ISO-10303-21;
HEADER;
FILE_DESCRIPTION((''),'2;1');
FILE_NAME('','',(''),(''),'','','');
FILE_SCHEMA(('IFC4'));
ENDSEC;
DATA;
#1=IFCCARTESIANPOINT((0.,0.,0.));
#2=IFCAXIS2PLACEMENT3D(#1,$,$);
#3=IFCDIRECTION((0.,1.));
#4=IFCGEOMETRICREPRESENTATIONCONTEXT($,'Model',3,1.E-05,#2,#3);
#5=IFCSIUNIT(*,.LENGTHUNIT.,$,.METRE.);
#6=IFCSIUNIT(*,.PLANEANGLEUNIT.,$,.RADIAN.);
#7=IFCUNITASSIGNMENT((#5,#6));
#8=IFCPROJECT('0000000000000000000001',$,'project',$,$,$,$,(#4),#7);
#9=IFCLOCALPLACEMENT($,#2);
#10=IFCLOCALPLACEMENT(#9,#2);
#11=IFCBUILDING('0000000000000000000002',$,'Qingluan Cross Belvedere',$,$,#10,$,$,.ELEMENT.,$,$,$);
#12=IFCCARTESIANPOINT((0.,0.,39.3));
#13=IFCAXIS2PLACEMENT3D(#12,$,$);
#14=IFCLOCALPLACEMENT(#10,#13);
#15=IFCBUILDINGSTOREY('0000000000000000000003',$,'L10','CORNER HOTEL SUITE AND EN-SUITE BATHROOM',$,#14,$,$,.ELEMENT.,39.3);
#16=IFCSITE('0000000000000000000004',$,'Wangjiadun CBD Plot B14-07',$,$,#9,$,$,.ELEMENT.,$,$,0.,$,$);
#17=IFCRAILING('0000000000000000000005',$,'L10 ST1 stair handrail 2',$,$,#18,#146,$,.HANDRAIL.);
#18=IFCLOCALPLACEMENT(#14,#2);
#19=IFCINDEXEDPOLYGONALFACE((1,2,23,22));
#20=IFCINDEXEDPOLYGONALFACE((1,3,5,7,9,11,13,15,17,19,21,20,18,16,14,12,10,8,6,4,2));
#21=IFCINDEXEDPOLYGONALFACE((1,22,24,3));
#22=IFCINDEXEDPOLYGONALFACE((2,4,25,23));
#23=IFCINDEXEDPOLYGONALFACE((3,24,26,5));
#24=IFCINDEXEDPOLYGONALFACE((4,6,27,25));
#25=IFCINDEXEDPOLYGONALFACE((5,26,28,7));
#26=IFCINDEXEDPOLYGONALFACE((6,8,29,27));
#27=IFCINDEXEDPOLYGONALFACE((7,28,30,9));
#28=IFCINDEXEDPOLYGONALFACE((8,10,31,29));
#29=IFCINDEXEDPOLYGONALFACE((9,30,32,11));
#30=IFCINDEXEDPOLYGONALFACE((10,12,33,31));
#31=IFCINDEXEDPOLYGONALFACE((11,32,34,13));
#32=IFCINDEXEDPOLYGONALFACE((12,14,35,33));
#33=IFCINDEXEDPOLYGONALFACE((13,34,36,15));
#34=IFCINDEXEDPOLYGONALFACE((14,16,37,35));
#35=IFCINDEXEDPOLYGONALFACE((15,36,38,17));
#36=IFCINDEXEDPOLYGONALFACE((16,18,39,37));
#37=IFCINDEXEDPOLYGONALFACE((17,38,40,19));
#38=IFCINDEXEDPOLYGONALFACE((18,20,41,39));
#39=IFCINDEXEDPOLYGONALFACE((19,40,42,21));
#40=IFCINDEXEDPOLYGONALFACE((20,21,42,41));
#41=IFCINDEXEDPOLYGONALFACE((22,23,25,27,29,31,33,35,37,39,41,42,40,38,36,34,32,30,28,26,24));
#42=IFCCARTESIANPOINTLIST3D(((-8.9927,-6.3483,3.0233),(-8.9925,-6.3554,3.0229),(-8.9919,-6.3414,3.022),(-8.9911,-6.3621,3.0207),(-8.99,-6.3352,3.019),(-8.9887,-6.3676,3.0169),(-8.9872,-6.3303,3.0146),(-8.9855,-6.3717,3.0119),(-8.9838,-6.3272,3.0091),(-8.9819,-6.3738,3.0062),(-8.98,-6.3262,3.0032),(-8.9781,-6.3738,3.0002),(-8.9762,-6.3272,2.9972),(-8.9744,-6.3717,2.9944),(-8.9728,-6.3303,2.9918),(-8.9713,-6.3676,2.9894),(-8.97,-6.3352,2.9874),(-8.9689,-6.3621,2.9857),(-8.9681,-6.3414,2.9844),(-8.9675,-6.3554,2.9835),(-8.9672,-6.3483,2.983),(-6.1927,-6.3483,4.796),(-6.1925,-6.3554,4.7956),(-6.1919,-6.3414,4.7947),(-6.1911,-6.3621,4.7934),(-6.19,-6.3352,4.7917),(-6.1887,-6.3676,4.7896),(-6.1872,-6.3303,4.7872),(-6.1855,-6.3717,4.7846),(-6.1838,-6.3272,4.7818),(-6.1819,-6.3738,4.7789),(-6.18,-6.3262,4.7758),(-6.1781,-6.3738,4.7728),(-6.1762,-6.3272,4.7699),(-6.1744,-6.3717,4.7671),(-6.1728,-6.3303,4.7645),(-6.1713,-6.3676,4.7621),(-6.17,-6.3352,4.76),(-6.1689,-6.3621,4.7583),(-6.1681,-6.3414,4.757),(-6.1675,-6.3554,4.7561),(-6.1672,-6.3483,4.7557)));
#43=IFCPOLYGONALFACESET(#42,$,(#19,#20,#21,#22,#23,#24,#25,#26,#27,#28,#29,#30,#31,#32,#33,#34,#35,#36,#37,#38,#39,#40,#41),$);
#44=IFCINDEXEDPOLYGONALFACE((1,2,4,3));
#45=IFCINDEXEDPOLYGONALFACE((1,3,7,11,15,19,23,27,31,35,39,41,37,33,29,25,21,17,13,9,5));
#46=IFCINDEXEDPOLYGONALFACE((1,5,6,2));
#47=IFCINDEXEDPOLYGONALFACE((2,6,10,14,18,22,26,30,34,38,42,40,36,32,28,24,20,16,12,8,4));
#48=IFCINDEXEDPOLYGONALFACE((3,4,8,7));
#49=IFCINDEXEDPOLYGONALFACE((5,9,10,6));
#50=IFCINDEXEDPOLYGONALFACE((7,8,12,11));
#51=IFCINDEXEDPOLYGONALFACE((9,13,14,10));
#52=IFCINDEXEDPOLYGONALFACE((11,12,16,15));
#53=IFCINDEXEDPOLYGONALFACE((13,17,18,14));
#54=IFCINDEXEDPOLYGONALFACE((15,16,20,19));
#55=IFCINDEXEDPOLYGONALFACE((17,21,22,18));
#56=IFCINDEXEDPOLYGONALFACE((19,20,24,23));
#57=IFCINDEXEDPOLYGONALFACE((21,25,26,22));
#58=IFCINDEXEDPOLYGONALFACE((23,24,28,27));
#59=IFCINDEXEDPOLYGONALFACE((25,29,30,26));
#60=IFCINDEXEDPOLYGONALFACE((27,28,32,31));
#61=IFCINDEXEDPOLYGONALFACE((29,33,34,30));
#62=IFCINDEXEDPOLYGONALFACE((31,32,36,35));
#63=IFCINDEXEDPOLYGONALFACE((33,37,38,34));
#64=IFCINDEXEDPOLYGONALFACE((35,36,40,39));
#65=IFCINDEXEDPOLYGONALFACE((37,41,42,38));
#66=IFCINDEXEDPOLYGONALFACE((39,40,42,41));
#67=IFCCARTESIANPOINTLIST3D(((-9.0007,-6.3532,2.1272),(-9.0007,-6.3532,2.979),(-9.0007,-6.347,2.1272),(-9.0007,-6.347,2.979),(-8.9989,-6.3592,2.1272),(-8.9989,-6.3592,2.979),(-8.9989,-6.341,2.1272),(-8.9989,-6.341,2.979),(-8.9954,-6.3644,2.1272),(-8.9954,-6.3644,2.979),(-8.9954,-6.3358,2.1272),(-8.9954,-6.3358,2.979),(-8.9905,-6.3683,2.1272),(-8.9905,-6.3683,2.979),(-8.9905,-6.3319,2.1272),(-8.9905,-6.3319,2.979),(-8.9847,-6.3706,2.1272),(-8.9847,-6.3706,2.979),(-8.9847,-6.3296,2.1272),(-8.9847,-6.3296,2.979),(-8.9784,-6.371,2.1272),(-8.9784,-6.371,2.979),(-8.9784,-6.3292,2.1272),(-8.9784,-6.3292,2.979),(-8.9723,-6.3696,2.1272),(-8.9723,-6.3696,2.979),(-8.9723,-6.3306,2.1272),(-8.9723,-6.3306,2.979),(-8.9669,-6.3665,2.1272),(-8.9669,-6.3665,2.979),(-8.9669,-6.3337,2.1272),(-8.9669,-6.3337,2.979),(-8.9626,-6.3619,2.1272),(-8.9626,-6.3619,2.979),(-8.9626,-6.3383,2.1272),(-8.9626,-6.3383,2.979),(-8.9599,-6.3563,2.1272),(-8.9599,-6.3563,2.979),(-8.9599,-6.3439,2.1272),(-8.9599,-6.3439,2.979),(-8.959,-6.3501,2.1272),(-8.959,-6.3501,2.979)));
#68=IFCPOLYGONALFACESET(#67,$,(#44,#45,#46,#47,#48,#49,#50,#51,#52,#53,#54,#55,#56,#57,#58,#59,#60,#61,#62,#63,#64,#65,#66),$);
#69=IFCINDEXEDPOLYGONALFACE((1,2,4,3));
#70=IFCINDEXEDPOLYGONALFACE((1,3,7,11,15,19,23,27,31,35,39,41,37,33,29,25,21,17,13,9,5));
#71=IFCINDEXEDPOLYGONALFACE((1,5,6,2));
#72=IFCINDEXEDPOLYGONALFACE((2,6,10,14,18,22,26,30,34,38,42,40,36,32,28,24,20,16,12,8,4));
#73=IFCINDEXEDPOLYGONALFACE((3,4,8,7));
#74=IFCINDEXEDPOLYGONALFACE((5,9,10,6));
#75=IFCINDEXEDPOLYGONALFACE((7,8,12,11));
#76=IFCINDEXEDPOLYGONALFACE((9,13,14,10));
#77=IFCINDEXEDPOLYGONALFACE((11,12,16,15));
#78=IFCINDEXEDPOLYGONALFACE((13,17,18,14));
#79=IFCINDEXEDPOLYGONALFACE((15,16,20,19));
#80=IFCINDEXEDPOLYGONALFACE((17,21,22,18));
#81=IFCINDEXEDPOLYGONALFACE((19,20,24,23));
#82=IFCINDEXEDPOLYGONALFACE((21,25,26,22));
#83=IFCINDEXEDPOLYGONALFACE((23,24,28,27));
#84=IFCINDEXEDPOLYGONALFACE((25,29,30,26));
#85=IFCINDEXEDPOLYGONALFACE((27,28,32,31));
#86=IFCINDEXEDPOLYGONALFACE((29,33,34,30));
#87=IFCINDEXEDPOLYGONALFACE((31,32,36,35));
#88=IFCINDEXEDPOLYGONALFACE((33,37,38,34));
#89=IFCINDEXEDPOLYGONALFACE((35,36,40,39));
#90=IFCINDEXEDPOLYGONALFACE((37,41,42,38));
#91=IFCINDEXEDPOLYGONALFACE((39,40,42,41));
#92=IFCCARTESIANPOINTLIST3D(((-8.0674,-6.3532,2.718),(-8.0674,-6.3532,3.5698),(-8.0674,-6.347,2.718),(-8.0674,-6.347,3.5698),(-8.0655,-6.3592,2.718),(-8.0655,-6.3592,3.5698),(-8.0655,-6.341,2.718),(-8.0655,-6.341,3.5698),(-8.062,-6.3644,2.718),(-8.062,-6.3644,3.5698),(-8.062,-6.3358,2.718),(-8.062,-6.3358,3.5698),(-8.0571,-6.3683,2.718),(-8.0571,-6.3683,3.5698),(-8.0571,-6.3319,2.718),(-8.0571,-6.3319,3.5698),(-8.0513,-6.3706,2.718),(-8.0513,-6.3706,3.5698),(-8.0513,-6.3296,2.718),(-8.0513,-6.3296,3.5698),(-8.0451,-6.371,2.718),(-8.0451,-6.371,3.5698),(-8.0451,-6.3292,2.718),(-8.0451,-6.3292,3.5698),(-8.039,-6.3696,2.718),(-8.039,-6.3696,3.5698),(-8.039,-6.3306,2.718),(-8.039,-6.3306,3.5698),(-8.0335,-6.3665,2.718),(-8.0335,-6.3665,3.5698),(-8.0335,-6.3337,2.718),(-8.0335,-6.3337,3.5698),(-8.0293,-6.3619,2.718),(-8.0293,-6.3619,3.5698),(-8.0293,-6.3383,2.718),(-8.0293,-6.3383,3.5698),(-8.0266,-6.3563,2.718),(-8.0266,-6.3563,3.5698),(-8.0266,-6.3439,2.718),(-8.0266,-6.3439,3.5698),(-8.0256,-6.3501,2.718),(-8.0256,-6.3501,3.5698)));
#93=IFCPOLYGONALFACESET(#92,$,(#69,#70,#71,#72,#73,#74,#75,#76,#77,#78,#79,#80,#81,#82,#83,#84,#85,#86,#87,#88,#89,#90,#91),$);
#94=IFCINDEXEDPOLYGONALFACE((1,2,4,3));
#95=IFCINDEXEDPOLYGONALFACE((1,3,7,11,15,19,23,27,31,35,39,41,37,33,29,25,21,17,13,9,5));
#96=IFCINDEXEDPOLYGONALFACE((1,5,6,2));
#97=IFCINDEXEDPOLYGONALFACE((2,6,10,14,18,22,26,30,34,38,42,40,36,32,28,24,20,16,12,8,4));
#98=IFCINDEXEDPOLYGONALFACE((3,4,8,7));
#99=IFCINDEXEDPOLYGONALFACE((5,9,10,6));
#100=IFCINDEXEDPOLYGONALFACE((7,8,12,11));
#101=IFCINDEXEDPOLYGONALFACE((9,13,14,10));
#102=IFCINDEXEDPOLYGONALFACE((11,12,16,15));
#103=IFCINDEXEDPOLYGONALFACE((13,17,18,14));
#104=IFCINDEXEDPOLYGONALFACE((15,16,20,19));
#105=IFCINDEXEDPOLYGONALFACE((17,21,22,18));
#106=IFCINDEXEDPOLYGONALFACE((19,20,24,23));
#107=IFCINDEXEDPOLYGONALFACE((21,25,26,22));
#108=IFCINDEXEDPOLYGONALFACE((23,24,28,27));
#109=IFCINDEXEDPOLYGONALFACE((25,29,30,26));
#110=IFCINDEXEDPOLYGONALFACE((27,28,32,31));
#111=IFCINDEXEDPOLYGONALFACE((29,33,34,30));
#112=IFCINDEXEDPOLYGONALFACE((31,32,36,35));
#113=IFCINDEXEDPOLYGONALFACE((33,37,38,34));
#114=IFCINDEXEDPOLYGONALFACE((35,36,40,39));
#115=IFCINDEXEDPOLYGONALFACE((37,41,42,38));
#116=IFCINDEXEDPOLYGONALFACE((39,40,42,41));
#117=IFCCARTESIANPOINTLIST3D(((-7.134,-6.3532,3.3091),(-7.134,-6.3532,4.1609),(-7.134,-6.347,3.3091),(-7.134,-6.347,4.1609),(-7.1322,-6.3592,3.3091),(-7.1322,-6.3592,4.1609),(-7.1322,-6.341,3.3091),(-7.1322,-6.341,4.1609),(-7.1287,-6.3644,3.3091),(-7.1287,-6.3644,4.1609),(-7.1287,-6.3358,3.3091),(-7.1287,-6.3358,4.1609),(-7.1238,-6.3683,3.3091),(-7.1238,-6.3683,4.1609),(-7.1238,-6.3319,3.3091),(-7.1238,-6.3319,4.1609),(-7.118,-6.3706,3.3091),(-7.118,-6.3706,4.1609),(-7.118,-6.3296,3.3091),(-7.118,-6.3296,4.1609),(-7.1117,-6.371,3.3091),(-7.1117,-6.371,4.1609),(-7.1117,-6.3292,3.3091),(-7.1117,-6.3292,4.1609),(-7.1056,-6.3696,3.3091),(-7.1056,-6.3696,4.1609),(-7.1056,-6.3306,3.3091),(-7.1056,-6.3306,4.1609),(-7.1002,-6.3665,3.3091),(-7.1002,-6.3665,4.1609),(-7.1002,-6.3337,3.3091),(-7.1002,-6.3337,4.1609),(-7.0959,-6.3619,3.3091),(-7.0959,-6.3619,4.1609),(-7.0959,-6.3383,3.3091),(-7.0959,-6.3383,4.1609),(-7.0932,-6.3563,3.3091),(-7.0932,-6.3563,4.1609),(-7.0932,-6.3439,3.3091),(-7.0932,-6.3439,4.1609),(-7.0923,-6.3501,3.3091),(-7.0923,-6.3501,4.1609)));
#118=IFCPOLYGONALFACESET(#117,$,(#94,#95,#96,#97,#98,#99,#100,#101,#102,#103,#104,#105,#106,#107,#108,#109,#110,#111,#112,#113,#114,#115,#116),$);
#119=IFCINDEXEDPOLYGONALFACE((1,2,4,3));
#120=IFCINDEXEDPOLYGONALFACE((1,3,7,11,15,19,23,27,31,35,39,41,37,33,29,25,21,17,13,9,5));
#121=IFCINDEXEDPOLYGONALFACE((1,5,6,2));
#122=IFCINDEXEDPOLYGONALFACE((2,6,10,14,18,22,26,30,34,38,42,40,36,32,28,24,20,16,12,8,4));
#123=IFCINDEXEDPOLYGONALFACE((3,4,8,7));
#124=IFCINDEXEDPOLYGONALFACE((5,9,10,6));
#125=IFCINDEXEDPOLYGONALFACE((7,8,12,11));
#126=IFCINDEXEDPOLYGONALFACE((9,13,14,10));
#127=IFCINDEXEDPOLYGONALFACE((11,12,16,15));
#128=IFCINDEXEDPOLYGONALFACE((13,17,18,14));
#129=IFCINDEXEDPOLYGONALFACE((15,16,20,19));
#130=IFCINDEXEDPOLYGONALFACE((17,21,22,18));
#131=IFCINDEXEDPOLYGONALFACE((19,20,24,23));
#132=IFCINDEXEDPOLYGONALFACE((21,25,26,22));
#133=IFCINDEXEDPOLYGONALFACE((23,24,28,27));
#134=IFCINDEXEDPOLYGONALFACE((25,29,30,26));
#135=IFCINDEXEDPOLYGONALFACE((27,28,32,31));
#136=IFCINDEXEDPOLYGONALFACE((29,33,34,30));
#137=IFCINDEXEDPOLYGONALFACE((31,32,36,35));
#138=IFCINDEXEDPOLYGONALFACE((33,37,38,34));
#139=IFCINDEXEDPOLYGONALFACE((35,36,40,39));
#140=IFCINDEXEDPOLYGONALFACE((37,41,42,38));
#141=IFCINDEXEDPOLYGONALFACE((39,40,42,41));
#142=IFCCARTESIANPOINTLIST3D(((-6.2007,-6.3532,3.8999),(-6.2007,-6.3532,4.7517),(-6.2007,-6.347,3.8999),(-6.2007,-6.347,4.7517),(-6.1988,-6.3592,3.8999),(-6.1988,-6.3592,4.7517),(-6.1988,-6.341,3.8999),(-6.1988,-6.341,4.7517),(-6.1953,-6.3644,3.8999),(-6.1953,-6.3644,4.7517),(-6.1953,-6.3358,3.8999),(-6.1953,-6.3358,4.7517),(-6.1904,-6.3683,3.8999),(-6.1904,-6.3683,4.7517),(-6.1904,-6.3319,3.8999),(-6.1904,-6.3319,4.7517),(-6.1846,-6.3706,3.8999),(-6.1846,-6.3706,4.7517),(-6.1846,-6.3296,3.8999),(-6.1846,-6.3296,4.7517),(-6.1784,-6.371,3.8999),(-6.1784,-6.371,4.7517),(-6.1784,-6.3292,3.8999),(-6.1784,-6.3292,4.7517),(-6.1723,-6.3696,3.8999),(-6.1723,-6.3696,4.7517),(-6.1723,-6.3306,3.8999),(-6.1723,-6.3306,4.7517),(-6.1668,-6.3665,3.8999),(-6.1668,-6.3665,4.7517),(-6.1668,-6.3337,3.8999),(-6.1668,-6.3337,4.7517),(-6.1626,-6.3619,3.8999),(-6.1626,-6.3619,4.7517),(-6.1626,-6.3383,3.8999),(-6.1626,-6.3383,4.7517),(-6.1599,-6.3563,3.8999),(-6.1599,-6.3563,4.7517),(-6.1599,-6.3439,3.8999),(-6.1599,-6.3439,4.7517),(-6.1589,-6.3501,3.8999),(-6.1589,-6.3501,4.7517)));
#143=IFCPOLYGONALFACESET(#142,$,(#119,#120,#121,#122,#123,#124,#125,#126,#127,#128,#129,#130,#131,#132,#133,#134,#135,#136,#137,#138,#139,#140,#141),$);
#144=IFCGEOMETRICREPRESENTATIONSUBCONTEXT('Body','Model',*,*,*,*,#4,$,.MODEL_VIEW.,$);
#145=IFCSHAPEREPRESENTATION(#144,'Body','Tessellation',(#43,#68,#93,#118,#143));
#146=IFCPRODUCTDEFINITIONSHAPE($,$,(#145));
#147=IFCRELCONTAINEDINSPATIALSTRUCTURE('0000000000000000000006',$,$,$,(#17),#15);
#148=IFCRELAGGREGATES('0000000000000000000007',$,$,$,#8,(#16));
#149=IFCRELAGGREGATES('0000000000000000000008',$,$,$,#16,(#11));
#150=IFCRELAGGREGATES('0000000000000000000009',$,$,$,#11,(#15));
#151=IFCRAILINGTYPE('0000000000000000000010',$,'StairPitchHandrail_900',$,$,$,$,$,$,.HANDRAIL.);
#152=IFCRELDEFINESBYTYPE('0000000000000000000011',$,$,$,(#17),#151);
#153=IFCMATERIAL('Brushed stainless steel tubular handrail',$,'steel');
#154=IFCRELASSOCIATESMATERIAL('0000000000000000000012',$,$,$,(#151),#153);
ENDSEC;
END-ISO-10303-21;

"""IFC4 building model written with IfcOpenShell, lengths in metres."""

from ifc_helpers import new_model, si_unit, direction, frame, origin, origin_2d, place, context, subcontext, project, spatial, circle, extrude, material, type_object, element, save


model = new_model("IFC4")

# Units and contexts
model_context = context("Model", 3, precision=1e-05, world=origin(), true_north=direction((0.0, 1.0)))
body_context = subcontext(model_context, "Body", "Model", "MODEL_VIEW")
ifc_project = project(units=[si_unit("LENGTHUNIT", "METRE"), si_unit("PLANEANGLEUNIT", "RADIAN")], contexts=[model_context])

# Site, building, storey
site_placement = place(None, origin())
site = spatial("IfcSite", under=ifc_project, at=site_placement, Name="Wangjiadun CBD Plot B14-07", CompositionType="ELEMENT", RefElevation=0.0)
building_placement = place(site_placement, origin())
building = spatial("IfcBuilding", under=site, at=building_placement, Name="Qingluan Cross Belvedere", CompositionType="ELEMENT")
storey_placement = place(building_placement, frame((0.0, 0.0, 39.3)))
storey = spatial("IfcBuildingStorey", under=building, at=storey_placement, Name="L10", Description="CORNER HOTEL SUITE AND EN-SUITE BATHROOM", CompositionType="ELEMENT", Elevation=39.3)

# Railing
ifc_material_1 = material(Name="Brushed stainless steel tubular handrail", Category="steel")
railing_type_1 = type_object("IfcRailingType", Name="StairPitchHandrail_900", PredefinedType="HANDRAIL", material=ifc_material_1)
railing_1_placement = place(storey_placement, frame((-8.98, -6.3501, 2.1272)))
element("IfcRailing", 1, at=railing_1_placement, inside=storey, type_object=railing_type_1, Name="L10 ST1 stair handrail 2", PredefinedType="HANDRAIL", context=body_context, shape_type="SweptSolid", body=[
    extrude(circle(Radius=0.0239, at=origin_2d()), frame((0.0, 0.0, 0.876), z_axis=(0.844909, 0.0, 0.53491), x_axis=(0.0, 1.0, 0.0)), (0.0, 0.0, 1.0), 3.314),
    extrude(circle(Radius=0.021, at=origin_2d()), origin(), (0.0, 0.0, 1.0), 0.8518),
    extrude(circle(Radius=0.021, at=origin_2d()), frame((0.9333, 0.0, 0.5908)), (0.0, 0.0, 1.0), 0.8518),
    extrude(circle(Radius=0.021, at=origin_2d()), frame((1.8667, 0.0, 1.1819)), (0.0, 0.0, 1.0), 0.8518),
    extrude(circle(Radius=0.021, at=origin_2d()), frame((2.8, 0.0, 1.7727)), (0.0, 0.0, 1.0), 0.8518),
])

save(model, "model.ifc")
